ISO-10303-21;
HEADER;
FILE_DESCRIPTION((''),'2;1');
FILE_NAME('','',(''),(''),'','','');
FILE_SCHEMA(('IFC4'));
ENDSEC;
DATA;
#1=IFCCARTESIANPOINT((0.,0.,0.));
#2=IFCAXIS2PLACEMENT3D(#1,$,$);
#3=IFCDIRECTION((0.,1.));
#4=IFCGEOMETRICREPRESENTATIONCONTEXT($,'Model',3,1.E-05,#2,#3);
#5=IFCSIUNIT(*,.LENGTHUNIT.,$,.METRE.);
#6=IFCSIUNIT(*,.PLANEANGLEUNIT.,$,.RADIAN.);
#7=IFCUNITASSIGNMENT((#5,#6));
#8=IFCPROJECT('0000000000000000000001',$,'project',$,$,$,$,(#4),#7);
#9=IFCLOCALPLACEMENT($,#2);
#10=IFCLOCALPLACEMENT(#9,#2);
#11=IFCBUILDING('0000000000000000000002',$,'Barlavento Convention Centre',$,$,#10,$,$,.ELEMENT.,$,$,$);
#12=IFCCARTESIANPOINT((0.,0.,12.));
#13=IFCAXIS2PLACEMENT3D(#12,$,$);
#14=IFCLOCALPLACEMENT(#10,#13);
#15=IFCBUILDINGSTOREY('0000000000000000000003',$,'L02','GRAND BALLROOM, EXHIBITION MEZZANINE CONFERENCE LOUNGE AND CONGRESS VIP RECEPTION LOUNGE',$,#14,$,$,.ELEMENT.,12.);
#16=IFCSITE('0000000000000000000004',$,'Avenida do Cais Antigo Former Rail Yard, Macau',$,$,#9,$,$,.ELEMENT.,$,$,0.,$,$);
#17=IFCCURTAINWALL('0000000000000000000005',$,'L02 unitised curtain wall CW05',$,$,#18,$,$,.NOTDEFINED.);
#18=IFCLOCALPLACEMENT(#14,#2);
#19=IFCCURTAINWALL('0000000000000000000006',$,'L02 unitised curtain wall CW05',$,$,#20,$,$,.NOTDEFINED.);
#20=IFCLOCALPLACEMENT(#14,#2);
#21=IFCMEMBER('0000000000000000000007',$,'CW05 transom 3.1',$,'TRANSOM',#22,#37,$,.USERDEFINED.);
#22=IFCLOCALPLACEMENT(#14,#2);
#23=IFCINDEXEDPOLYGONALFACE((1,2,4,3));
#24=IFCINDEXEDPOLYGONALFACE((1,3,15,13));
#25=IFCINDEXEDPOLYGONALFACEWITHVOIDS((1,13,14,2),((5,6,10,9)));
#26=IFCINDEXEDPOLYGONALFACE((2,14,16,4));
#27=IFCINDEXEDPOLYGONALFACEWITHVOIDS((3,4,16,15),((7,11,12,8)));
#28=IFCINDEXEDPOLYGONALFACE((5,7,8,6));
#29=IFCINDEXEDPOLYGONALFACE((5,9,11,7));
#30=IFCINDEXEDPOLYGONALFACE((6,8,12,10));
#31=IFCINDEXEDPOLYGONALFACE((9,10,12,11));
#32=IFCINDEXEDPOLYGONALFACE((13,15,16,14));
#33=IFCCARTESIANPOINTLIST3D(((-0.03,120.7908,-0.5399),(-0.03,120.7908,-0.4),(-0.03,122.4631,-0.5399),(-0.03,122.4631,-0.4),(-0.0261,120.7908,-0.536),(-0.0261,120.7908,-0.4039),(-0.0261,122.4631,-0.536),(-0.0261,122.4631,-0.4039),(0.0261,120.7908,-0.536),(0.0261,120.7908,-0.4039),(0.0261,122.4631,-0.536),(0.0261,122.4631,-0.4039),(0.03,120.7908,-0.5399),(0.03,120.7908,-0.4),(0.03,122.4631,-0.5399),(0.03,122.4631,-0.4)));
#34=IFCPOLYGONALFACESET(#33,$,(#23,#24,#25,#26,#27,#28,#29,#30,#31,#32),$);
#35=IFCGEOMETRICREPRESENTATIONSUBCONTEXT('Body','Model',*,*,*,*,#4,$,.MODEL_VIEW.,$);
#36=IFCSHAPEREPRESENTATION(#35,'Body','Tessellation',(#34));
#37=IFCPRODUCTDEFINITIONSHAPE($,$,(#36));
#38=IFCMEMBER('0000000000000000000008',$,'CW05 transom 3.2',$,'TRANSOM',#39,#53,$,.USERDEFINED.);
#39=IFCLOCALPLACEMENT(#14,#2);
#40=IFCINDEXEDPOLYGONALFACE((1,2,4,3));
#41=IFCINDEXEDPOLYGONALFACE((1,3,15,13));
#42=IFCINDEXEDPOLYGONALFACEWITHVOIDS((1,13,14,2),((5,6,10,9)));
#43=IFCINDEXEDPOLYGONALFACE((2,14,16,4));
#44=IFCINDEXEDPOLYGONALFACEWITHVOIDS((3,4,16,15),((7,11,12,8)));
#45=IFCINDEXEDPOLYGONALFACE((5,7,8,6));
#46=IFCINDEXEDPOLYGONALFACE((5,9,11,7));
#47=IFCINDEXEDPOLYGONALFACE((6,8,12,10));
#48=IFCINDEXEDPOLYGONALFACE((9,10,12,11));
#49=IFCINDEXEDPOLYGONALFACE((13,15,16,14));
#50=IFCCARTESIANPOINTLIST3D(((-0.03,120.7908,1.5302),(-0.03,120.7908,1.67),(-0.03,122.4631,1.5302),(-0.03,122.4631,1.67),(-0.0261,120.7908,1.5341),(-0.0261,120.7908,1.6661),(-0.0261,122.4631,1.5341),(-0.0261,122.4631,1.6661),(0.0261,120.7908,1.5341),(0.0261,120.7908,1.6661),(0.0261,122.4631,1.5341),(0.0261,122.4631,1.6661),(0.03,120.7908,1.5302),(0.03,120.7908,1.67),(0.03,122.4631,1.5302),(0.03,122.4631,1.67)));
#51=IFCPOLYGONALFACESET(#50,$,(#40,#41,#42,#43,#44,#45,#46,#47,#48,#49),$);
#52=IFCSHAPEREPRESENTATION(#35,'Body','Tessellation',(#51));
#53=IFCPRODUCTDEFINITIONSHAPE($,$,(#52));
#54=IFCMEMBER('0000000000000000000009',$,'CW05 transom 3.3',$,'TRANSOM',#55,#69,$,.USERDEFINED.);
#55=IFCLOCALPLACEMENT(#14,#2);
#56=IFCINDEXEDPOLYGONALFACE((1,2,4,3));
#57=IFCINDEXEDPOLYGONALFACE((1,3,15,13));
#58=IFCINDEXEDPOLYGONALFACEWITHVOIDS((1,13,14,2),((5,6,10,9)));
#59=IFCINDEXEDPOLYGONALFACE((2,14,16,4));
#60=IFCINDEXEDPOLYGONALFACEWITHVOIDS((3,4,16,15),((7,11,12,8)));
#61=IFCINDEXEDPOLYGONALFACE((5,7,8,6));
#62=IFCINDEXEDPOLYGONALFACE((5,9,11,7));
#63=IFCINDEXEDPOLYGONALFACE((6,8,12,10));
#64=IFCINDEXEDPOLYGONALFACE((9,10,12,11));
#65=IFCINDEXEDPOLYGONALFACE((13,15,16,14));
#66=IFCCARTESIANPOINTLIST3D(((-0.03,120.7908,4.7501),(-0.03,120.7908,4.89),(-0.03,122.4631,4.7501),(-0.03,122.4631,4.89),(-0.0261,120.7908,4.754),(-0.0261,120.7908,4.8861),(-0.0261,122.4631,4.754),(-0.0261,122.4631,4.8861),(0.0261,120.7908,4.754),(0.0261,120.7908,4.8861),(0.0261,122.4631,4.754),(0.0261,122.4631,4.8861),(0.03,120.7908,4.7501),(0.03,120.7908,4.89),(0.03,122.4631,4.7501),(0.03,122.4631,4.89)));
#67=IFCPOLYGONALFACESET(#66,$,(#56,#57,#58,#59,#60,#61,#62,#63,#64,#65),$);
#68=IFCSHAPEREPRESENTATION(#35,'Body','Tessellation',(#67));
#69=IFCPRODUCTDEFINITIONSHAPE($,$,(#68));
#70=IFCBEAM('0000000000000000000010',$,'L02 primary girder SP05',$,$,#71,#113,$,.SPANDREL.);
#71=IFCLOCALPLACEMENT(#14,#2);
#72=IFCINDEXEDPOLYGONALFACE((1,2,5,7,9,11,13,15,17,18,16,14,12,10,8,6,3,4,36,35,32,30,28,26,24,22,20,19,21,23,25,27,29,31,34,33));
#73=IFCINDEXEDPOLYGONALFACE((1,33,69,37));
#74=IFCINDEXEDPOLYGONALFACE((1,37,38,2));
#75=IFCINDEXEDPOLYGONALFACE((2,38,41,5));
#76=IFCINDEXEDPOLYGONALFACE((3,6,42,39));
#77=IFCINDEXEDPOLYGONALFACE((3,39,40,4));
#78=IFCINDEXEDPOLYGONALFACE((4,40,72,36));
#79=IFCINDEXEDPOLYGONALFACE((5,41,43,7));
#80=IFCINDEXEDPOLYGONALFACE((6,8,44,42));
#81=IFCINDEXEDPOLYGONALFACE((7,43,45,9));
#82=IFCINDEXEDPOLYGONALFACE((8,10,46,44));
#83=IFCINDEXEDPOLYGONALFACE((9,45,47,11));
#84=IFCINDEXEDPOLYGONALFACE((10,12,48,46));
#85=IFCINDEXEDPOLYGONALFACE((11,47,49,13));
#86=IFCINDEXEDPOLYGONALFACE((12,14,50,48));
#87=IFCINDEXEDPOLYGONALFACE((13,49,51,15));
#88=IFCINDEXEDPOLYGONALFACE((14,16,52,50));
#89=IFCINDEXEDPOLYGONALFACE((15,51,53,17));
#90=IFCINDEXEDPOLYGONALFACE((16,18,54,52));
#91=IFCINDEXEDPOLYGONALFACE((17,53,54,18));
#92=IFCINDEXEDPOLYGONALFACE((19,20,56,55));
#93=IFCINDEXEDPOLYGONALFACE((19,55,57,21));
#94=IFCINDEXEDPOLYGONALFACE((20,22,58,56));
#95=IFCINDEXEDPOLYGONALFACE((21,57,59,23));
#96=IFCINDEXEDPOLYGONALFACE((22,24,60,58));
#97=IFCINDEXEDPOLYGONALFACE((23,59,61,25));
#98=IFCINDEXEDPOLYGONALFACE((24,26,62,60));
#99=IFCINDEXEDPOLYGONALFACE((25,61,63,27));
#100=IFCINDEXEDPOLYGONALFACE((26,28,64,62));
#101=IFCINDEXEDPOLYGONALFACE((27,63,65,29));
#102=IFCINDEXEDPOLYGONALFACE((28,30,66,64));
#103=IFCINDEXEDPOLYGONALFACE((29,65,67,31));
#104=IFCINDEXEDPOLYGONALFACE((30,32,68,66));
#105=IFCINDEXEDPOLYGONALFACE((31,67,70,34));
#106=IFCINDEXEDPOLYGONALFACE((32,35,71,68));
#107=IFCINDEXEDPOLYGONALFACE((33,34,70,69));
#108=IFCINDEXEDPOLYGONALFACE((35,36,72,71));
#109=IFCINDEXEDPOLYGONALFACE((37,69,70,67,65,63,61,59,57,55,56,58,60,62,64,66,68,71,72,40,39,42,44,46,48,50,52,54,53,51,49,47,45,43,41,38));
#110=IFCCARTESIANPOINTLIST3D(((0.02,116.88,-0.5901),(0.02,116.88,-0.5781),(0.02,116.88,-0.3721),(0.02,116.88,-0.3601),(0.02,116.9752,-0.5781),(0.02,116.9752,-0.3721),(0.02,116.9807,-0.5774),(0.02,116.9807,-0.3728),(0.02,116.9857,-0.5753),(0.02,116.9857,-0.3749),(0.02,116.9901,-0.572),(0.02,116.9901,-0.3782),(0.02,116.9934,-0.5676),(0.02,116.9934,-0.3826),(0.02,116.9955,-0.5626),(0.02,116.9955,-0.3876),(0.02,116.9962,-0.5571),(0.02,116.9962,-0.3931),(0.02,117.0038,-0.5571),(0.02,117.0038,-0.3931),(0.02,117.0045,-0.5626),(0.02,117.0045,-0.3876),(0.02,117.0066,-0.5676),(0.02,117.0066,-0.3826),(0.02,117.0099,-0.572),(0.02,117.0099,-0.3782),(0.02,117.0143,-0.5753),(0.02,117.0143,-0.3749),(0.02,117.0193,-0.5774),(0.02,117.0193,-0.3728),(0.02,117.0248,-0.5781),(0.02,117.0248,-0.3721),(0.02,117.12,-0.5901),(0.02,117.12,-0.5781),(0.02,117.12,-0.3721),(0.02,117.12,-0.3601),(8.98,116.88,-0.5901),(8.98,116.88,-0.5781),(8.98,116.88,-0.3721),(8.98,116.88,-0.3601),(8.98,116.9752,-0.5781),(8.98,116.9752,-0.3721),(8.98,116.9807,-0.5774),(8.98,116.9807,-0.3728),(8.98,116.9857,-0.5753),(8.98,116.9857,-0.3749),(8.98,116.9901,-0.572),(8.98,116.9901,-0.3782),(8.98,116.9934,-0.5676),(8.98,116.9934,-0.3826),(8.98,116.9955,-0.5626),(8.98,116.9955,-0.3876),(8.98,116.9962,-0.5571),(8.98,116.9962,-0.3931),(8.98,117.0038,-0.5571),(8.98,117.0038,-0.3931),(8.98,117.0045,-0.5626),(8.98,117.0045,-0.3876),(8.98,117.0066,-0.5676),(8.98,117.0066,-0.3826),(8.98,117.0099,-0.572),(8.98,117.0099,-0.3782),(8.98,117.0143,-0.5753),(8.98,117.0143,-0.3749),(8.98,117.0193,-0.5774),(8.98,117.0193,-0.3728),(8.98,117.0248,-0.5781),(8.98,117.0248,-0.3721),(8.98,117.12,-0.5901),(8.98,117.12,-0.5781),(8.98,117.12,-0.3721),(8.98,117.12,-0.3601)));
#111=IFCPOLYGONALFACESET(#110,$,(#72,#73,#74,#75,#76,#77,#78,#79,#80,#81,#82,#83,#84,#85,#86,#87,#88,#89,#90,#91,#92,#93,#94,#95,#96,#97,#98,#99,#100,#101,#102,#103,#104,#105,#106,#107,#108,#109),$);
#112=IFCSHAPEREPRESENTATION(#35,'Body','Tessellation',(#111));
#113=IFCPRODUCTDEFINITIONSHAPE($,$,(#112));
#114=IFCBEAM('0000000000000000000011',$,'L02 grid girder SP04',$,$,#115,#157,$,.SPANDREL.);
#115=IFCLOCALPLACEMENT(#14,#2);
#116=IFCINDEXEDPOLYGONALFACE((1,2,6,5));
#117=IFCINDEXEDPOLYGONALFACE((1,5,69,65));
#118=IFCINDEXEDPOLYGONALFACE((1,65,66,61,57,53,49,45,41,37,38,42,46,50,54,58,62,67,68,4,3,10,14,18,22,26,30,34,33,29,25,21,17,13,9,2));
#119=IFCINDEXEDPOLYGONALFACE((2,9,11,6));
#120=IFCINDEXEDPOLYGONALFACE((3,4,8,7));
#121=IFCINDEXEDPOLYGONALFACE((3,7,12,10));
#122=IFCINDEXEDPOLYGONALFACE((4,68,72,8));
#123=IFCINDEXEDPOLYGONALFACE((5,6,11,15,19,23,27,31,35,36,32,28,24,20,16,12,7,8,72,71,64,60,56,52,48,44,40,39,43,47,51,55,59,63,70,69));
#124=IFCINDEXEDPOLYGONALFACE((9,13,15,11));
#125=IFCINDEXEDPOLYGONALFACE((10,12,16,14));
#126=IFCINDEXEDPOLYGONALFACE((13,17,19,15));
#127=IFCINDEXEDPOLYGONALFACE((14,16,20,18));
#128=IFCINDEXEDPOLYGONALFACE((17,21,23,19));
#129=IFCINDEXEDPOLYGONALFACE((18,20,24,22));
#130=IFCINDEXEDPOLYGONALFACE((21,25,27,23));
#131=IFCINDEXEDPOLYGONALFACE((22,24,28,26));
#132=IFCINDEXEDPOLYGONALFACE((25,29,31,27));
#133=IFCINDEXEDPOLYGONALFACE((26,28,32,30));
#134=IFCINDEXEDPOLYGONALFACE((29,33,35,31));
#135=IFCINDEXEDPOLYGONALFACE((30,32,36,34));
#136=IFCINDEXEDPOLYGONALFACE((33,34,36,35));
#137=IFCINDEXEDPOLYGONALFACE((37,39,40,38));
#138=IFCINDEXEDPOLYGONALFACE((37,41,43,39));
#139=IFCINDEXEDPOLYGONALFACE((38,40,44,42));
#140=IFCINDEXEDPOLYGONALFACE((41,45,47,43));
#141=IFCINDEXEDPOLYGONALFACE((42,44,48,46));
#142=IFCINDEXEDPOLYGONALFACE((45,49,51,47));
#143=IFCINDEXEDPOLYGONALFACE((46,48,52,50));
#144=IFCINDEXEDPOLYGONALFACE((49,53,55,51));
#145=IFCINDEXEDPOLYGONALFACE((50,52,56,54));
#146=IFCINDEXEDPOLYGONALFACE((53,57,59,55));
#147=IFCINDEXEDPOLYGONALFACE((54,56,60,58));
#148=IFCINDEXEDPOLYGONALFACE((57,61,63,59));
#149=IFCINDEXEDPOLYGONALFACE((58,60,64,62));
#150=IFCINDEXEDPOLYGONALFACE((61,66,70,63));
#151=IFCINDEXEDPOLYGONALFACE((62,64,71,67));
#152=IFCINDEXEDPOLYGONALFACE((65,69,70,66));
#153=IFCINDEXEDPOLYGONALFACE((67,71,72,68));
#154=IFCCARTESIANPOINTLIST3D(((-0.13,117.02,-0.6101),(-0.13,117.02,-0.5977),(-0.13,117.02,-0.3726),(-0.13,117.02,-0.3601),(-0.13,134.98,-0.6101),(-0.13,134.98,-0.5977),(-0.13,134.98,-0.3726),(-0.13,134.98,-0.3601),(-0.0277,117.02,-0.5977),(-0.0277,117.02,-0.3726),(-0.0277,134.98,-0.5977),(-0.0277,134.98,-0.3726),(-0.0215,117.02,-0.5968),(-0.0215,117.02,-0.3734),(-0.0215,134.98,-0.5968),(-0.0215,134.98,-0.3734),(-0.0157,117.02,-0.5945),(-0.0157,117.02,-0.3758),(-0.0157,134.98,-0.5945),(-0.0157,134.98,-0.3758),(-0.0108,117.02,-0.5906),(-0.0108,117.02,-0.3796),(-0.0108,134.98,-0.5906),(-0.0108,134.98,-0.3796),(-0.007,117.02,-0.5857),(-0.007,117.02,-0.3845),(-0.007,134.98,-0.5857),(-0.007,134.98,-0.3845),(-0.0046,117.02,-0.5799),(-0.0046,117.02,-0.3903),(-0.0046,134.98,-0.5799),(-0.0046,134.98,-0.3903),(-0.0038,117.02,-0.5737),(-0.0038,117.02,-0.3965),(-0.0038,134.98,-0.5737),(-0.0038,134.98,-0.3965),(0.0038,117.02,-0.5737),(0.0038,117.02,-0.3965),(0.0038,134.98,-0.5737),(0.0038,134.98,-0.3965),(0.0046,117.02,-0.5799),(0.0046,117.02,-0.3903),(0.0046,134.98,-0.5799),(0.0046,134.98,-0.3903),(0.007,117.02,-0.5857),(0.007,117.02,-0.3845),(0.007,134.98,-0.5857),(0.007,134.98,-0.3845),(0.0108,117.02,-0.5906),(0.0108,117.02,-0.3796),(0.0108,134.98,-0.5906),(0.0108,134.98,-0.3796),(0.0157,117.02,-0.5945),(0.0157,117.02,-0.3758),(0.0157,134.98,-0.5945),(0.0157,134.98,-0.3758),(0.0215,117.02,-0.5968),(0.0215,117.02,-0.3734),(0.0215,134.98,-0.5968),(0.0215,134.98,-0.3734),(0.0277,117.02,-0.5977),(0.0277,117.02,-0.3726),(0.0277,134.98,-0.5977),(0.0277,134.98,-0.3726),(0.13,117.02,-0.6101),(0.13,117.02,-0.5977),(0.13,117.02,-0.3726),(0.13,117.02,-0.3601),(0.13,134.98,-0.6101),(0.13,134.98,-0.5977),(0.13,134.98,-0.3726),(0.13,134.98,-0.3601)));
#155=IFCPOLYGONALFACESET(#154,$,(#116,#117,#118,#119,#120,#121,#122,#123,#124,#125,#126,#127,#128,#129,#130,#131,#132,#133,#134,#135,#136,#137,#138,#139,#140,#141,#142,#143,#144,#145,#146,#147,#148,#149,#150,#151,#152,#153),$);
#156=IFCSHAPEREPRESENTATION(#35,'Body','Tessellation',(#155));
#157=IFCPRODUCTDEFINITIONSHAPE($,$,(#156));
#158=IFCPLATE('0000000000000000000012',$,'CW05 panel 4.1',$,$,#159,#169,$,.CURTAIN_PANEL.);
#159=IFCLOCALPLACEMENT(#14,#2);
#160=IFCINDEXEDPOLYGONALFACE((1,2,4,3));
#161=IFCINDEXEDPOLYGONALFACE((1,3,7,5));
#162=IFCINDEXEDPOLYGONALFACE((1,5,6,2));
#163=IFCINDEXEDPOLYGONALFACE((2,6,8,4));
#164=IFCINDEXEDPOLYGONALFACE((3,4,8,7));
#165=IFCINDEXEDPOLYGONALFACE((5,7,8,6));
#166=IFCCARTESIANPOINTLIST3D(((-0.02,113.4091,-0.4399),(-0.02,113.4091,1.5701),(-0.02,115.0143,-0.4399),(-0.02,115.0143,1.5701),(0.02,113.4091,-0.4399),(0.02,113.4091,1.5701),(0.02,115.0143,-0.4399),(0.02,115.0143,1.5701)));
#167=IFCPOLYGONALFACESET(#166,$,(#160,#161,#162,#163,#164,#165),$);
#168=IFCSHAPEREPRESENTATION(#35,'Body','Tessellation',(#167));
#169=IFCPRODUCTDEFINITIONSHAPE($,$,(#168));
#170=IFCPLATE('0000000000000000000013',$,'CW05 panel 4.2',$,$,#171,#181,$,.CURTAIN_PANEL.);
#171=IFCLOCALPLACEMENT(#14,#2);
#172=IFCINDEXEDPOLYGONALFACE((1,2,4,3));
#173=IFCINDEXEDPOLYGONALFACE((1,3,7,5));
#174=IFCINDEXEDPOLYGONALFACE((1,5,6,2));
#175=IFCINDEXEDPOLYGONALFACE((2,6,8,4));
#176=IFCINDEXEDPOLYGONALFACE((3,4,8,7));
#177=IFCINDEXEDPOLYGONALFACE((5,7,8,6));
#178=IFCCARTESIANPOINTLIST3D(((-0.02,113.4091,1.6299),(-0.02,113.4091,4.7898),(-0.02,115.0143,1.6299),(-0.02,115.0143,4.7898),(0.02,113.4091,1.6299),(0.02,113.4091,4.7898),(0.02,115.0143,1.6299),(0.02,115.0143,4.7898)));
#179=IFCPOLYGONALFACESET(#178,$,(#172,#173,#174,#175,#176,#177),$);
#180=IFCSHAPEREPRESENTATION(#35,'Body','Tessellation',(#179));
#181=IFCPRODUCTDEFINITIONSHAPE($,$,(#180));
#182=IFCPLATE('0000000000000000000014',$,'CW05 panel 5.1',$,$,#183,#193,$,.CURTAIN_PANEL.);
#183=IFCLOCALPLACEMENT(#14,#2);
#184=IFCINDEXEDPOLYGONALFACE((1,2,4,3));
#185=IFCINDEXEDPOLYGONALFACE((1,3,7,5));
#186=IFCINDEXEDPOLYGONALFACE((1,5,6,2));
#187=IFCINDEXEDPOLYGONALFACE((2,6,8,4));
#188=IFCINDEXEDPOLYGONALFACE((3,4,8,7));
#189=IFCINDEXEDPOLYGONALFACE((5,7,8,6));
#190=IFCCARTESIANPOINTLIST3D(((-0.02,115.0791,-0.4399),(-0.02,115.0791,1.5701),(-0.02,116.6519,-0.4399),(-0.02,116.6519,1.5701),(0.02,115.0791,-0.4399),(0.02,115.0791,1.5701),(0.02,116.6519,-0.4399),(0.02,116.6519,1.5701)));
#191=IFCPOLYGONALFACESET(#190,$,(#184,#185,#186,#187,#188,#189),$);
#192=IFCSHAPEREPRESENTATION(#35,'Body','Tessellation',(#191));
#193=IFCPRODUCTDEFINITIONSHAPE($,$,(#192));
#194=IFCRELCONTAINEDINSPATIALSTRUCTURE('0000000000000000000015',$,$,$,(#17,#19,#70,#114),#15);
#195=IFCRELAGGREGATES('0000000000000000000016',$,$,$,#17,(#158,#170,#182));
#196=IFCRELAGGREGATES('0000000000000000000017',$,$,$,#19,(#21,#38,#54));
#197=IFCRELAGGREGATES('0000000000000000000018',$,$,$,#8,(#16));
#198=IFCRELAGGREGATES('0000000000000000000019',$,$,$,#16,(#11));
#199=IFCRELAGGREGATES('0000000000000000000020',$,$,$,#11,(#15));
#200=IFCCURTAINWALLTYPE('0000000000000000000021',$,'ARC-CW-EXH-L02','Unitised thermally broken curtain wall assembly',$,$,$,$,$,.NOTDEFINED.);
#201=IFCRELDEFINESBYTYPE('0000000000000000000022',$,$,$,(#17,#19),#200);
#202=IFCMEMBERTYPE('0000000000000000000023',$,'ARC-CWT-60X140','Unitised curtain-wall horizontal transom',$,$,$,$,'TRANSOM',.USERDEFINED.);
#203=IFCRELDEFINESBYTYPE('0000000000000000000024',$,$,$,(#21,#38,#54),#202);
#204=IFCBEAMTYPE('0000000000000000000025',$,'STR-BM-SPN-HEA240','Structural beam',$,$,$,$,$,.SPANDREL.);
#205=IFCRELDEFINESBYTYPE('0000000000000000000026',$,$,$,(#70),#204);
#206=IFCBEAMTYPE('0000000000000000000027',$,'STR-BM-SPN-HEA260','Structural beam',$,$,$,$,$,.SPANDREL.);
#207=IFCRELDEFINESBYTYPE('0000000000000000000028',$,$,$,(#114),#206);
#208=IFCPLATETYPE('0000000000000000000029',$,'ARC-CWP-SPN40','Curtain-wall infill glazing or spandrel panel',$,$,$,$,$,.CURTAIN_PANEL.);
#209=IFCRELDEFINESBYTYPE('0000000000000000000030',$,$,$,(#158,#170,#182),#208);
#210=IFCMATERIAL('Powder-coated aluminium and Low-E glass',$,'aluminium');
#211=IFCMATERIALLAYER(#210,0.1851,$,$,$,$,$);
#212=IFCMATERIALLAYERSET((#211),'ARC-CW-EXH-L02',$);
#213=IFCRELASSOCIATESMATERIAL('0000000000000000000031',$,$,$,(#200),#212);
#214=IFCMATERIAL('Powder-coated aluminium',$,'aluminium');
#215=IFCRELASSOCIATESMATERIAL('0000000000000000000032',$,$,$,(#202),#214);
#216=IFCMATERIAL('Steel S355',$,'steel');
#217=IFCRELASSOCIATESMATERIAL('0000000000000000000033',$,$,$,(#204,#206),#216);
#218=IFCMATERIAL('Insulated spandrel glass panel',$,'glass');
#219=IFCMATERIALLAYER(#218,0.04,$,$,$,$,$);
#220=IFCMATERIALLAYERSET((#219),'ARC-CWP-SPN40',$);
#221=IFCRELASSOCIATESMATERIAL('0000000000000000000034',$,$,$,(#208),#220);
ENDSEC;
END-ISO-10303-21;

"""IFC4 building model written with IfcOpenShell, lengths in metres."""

from ifc_helpers import new_model, si_unit, direction, frame, origin, origin_2d, place, context, subcontext, project, spatial, rectangle, hollow_rectangle, i_section, extrude, material, layer, layer_set, material_profile, profile_set, type_object, element, aggregate, save


model = new_model("IFC4")

# Units and contexts
model_context = context("Model", 3, precision=1e-05, world=origin(), true_north=direction((0.0, 1.0)))
body_context = subcontext(model_context, "Body", "Model", "MODEL_VIEW")
ifc_project = project(units=[si_unit("LENGTHUNIT", "METRE"), si_unit("PLANEANGLEUNIT", "RADIAN")], contexts=[model_context])

# Site, building, storey
site_placement = place(None, origin())
site = spatial("IfcSite", under=ifc_project, at=site_placement, Name="Avenida do Cais Antigo Former Rail Yard, Macau", CompositionType="ELEMENT", RefElevation=0.0)
building_placement = place(site_placement, origin())
building = spatial("IfcBuilding", under=site, at=building_placement, Name="Barlavento Convention Centre", CompositionType="ELEMENT")
storey_placement = place(building_placement, frame((0.0, 0.0, 12.0)))
storey = spatial("IfcBuildingStorey", under=building, at=storey_placement, Name="L02", Description="GRAND BALLROOM, EXHIBITION MEZZANINE CONFERENCE LOUNGE AND CONGRESS VIP RECEPTION LOUNGE", CompositionType="ELEMENT", Elevation=12.0)

# Shared definitions
ifc_material_1 = material(Name="Steel S355", Category="steel")

# Curtain walls
ifc_material_2 = material(Name="Powder-coated aluminium and Low-E glass", Category="aluminium")
ifc_layer_1 = layer(ifc_material_2, 0.1851)
ifc_layer_set_1 = layer_set([ifc_layer_1], Name="ARC-CW-EXH-L02")
curtain_wall_type = type_object("IfcCurtainWallType", Name="ARC-CW-EXH-L02", Description="Unitised thermally broken curtain wall assembly", PredefinedType="NOTDEFINED", material=ifc_layer_set_1)
curtain_wall_1_placement = place(storey_placement, origin())
curtain_wall_1 = element("IfcCurtainWall", 1, at=curtain_wall_1_placement, inside=storey, type_object=curtain_wall_type, Name="L02 unitised curtain wall CW05", PredefinedType="NOTDEFINED")
ifc_material_3 = material(Name="Powder-coated aluminium", Category="aluminium")
curtain_wall_2_placement = place(storey_placement, origin())
curtain_wall_2 = element("IfcCurtainWall", 2, at=curtain_wall_2_placement, inside=storey, type_object=curtain_wall_type, Name="L02 unitised curtain wall CW05", PredefinedType="NOTDEFINED")

# Members
ifc_material_profile_1 = material_profile(ifc_material_3, hollow_rectangle(XDim=0.0601, YDim=0.1399, WallThickness=0.0039, at=origin_2d()), Name="AL-TRAN 60x140x4")
ifc_profile_set_1 = profile_set([ifc_material_profile_1], Name="Powder-coated aluminium")
member_type_1 = type_object("IfcMemberType", Name="ARC-CWT-60X140", Description="Unitised curtain-wall horizontal transom", ElementType="TRANSOM", PredefinedType="USERDEFINED", material=ifc_profile_set_1)
member_1_placement = place(storey_placement, frame((0.0, 120.7908, -0.47), z_axis=(0.0, 1.0, 0.0), x_axis=(-1.0, 0.0, 0.0)))
member_1 = element("IfcMember", 3, at=member_1_placement, type_object=member_type_1, Name="CW05 transom 3.1", ObjectType="TRANSOM", PredefinedType="USERDEFINED", context=body_context, shape_type="SweptSolid", body=[
    extrude(hollow_rectangle(XDim=0.0601, YDim=0.1399, WallThickness=0.0039, at=origin_2d()), origin(), (0.0, 0.0, 1.0), 1.6724),
])
member_2_placement = place(storey_placement, frame((0.0, 120.7908, 1.6001), z_axis=(0.0, 1.0, 0.0), x_axis=(-1.0, 0.0, 0.0)))
member_2 = element("IfcMember", 4, at=member_2_placement, type_object=member_type_1, Name="CW05 transom 3.2", ObjectType="TRANSOM", PredefinedType="USERDEFINED", context=body_context, shape_type="SweptSolid", body=[
    extrude(hollow_rectangle(XDim=0.0601, YDim=0.1399, WallThickness=0.0039, at=origin_2d()), origin(), (0.0, 0.0, 1.0), 1.6724),
])
member_3_placement = place(storey_placement, frame((0.0, 120.7908, 4.8201), z_axis=(0.0, 1.0, 0.0), x_axis=(-1.0, 0.0, 0.0)))
member_3 = element("IfcMember", 5, at=member_3_placement, type_object=member_type_1, Name="CW05 transom 3.3", ObjectType="TRANSOM", PredefinedType="USERDEFINED", context=body_context, shape_type="SweptSolid", body=[
    extrude(hollow_rectangle(XDim=0.0601, YDim=0.1399, WallThickness=0.0039, at=origin_2d()), origin(), (0.0, 0.0, 1.0), 1.6724),
])

# Beams
ifc_material_profile_2 = material_profile(ifc_material_1, i_section(OverallWidth=0.24, OverallDepth=0.23, WebThickness=0.0076, FlangeThickness=0.012, FilletRadius=0.021, at=origin_2d()), Name="HEA 240")
ifc_profile_set_2 = profile_set([ifc_material_profile_2], Name="Steel S355")
beam_type_1 = type_object("IfcBeamType", Name="STR-BM-SPN-HEA240", Description="Structural beam", PredefinedType="SPANDREL", material=ifc_profile_set_2)
beam_1_placement = place(storey_placement, frame((0.02, 117.0, -0.4751), z_axis=(1.0, 0.0, 0.0), x_axis=(0.0, 1.0, 0.0)))
element("IfcBeam", 6, at=beam_1_placement, inside=storey, type_object=beam_type_1, Name="L02 primary girder SP05", PredefinedType="SPANDREL", context=body_context, shape_type="SweptSolid", body=[
    extrude(i_section(OverallWidth=0.24, OverallDepth=0.23, WebThickness=0.0076, FlangeThickness=0.012, FilletRadius=0.021, at=origin_2d()), origin(), (0.0, 0.0, 1.0), 8.96),
])
ifc_material_profile_3 = material_profile(ifc_material_1, i_section(OverallWidth=0.26, OverallDepth=0.25, WebThickness=0.0076, FlangeThickness=0.0125, FilletRadius=0.0239, at=origin_2d()), Name="HEA 260")
ifc_profile_set_3 = profile_set([ifc_material_profile_3], Name="Steel S355")
beam_type_2 = type_object("IfcBeamType", Name="STR-BM-SPN-HEA260", Description="Structural beam", PredefinedType="SPANDREL", material=ifc_profile_set_3)
beam_2_placement = place(storey_placement, frame((0.0, 117.02, -0.4851), z_axis=(0.0, 1.0, 0.0), x_axis=(-1.0, 0.0, 0.0)))
element("IfcBeam", 7, at=beam_2_placement, inside=storey, type_object=beam_type_2, Name="L02 grid girder SP04", PredefinedType="SPANDREL", context=body_context, shape_type="SweptSolid", body=[
    extrude(i_section(OverallWidth=0.26, OverallDepth=0.25, WebThickness=0.0076, FlangeThickness=0.0125, FilletRadius=0.0239, at=origin_2d()), origin(), (0.0, 0.0, 1.0), 17.96),
])

# Plates
ifc_material_4 = material(Name="Insulated spandrel glass panel", Category="glass")
ifc_layer_2 = layer(ifc_material_4, 0.04)
ifc_layer_set_2 = layer_set([ifc_layer_2], Name="ARC-CWP-SPN40")
plate_type_1 = type_object("IfcPlateType", Name="ARC-CWP-SPN40", Description="Curtain-wall infill glazing or spandrel panel", PredefinedType="CURTAIN_PANEL", material=ifc_layer_set_2)
plate_1_placement = place(storey_placement, frame((0.0, 114.2117, -0.4399), z_axis=(0.0, 0.0, 1.0), x_axis=(0.0, 1.0, 0.0)))
plate_1 = element("IfcPlate", 8, at=plate_1_placement, type_object=plate_type_1, Name="CW05 panel 4.1", PredefinedType="CURTAIN_PANEL", context=body_context, shape_type="SweptSolid", body=[
    extrude(rectangle(XDim=1.6052, YDim=0.04, at=origin_2d()), origin(), (0.0, 0.0, 1.0), 2.01),
])
plate_2_placement = place(storey_placement, frame((0.0, 114.2117, 1.6299), z_axis=(0.0, 0.0, 1.0), x_axis=(0.0, 1.0, 0.0)))
plate_2 = element("IfcPlate", 9, at=plate_2_placement, type_object=plate_type_1, Name="CW05 panel 4.2", PredefinedType="CURTAIN_PANEL", context=body_context, shape_type="SweptSolid", body=[
    extrude(rectangle(XDim=1.6052, YDim=0.04, at=origin_2d()), origin(), (0.0, 0.0, 1.0), 3.1599),
])
plate_3_placement = place(storey_placement, frame((0.0, 115.8655, -0.4399), z_axis=(0.0, 0.0, 1.0), x_axis=(0.0, 1.0, 0.0)))
plate_3 = element("IfcPlate", 10, at=plate_3_placement, type_object=plate_type_1, Name="CW05 panel 5.1", PredefinedType="CURTAIN_PANEL", context=body_context, shape_type="SweptSolid", body=[
    extrude(rectangle(XDim=1.5728, YDim=0.04, at=origin_2d()), origin(), (0.0, 0.0, 1.0), 2.01),
])
aggregate(curtain_wall_1, [plate_1, plate_2, plate_3])
aggregate(curtain_wall_2, [member_1, member_2, member_3])

save(model, "model.ifc")
